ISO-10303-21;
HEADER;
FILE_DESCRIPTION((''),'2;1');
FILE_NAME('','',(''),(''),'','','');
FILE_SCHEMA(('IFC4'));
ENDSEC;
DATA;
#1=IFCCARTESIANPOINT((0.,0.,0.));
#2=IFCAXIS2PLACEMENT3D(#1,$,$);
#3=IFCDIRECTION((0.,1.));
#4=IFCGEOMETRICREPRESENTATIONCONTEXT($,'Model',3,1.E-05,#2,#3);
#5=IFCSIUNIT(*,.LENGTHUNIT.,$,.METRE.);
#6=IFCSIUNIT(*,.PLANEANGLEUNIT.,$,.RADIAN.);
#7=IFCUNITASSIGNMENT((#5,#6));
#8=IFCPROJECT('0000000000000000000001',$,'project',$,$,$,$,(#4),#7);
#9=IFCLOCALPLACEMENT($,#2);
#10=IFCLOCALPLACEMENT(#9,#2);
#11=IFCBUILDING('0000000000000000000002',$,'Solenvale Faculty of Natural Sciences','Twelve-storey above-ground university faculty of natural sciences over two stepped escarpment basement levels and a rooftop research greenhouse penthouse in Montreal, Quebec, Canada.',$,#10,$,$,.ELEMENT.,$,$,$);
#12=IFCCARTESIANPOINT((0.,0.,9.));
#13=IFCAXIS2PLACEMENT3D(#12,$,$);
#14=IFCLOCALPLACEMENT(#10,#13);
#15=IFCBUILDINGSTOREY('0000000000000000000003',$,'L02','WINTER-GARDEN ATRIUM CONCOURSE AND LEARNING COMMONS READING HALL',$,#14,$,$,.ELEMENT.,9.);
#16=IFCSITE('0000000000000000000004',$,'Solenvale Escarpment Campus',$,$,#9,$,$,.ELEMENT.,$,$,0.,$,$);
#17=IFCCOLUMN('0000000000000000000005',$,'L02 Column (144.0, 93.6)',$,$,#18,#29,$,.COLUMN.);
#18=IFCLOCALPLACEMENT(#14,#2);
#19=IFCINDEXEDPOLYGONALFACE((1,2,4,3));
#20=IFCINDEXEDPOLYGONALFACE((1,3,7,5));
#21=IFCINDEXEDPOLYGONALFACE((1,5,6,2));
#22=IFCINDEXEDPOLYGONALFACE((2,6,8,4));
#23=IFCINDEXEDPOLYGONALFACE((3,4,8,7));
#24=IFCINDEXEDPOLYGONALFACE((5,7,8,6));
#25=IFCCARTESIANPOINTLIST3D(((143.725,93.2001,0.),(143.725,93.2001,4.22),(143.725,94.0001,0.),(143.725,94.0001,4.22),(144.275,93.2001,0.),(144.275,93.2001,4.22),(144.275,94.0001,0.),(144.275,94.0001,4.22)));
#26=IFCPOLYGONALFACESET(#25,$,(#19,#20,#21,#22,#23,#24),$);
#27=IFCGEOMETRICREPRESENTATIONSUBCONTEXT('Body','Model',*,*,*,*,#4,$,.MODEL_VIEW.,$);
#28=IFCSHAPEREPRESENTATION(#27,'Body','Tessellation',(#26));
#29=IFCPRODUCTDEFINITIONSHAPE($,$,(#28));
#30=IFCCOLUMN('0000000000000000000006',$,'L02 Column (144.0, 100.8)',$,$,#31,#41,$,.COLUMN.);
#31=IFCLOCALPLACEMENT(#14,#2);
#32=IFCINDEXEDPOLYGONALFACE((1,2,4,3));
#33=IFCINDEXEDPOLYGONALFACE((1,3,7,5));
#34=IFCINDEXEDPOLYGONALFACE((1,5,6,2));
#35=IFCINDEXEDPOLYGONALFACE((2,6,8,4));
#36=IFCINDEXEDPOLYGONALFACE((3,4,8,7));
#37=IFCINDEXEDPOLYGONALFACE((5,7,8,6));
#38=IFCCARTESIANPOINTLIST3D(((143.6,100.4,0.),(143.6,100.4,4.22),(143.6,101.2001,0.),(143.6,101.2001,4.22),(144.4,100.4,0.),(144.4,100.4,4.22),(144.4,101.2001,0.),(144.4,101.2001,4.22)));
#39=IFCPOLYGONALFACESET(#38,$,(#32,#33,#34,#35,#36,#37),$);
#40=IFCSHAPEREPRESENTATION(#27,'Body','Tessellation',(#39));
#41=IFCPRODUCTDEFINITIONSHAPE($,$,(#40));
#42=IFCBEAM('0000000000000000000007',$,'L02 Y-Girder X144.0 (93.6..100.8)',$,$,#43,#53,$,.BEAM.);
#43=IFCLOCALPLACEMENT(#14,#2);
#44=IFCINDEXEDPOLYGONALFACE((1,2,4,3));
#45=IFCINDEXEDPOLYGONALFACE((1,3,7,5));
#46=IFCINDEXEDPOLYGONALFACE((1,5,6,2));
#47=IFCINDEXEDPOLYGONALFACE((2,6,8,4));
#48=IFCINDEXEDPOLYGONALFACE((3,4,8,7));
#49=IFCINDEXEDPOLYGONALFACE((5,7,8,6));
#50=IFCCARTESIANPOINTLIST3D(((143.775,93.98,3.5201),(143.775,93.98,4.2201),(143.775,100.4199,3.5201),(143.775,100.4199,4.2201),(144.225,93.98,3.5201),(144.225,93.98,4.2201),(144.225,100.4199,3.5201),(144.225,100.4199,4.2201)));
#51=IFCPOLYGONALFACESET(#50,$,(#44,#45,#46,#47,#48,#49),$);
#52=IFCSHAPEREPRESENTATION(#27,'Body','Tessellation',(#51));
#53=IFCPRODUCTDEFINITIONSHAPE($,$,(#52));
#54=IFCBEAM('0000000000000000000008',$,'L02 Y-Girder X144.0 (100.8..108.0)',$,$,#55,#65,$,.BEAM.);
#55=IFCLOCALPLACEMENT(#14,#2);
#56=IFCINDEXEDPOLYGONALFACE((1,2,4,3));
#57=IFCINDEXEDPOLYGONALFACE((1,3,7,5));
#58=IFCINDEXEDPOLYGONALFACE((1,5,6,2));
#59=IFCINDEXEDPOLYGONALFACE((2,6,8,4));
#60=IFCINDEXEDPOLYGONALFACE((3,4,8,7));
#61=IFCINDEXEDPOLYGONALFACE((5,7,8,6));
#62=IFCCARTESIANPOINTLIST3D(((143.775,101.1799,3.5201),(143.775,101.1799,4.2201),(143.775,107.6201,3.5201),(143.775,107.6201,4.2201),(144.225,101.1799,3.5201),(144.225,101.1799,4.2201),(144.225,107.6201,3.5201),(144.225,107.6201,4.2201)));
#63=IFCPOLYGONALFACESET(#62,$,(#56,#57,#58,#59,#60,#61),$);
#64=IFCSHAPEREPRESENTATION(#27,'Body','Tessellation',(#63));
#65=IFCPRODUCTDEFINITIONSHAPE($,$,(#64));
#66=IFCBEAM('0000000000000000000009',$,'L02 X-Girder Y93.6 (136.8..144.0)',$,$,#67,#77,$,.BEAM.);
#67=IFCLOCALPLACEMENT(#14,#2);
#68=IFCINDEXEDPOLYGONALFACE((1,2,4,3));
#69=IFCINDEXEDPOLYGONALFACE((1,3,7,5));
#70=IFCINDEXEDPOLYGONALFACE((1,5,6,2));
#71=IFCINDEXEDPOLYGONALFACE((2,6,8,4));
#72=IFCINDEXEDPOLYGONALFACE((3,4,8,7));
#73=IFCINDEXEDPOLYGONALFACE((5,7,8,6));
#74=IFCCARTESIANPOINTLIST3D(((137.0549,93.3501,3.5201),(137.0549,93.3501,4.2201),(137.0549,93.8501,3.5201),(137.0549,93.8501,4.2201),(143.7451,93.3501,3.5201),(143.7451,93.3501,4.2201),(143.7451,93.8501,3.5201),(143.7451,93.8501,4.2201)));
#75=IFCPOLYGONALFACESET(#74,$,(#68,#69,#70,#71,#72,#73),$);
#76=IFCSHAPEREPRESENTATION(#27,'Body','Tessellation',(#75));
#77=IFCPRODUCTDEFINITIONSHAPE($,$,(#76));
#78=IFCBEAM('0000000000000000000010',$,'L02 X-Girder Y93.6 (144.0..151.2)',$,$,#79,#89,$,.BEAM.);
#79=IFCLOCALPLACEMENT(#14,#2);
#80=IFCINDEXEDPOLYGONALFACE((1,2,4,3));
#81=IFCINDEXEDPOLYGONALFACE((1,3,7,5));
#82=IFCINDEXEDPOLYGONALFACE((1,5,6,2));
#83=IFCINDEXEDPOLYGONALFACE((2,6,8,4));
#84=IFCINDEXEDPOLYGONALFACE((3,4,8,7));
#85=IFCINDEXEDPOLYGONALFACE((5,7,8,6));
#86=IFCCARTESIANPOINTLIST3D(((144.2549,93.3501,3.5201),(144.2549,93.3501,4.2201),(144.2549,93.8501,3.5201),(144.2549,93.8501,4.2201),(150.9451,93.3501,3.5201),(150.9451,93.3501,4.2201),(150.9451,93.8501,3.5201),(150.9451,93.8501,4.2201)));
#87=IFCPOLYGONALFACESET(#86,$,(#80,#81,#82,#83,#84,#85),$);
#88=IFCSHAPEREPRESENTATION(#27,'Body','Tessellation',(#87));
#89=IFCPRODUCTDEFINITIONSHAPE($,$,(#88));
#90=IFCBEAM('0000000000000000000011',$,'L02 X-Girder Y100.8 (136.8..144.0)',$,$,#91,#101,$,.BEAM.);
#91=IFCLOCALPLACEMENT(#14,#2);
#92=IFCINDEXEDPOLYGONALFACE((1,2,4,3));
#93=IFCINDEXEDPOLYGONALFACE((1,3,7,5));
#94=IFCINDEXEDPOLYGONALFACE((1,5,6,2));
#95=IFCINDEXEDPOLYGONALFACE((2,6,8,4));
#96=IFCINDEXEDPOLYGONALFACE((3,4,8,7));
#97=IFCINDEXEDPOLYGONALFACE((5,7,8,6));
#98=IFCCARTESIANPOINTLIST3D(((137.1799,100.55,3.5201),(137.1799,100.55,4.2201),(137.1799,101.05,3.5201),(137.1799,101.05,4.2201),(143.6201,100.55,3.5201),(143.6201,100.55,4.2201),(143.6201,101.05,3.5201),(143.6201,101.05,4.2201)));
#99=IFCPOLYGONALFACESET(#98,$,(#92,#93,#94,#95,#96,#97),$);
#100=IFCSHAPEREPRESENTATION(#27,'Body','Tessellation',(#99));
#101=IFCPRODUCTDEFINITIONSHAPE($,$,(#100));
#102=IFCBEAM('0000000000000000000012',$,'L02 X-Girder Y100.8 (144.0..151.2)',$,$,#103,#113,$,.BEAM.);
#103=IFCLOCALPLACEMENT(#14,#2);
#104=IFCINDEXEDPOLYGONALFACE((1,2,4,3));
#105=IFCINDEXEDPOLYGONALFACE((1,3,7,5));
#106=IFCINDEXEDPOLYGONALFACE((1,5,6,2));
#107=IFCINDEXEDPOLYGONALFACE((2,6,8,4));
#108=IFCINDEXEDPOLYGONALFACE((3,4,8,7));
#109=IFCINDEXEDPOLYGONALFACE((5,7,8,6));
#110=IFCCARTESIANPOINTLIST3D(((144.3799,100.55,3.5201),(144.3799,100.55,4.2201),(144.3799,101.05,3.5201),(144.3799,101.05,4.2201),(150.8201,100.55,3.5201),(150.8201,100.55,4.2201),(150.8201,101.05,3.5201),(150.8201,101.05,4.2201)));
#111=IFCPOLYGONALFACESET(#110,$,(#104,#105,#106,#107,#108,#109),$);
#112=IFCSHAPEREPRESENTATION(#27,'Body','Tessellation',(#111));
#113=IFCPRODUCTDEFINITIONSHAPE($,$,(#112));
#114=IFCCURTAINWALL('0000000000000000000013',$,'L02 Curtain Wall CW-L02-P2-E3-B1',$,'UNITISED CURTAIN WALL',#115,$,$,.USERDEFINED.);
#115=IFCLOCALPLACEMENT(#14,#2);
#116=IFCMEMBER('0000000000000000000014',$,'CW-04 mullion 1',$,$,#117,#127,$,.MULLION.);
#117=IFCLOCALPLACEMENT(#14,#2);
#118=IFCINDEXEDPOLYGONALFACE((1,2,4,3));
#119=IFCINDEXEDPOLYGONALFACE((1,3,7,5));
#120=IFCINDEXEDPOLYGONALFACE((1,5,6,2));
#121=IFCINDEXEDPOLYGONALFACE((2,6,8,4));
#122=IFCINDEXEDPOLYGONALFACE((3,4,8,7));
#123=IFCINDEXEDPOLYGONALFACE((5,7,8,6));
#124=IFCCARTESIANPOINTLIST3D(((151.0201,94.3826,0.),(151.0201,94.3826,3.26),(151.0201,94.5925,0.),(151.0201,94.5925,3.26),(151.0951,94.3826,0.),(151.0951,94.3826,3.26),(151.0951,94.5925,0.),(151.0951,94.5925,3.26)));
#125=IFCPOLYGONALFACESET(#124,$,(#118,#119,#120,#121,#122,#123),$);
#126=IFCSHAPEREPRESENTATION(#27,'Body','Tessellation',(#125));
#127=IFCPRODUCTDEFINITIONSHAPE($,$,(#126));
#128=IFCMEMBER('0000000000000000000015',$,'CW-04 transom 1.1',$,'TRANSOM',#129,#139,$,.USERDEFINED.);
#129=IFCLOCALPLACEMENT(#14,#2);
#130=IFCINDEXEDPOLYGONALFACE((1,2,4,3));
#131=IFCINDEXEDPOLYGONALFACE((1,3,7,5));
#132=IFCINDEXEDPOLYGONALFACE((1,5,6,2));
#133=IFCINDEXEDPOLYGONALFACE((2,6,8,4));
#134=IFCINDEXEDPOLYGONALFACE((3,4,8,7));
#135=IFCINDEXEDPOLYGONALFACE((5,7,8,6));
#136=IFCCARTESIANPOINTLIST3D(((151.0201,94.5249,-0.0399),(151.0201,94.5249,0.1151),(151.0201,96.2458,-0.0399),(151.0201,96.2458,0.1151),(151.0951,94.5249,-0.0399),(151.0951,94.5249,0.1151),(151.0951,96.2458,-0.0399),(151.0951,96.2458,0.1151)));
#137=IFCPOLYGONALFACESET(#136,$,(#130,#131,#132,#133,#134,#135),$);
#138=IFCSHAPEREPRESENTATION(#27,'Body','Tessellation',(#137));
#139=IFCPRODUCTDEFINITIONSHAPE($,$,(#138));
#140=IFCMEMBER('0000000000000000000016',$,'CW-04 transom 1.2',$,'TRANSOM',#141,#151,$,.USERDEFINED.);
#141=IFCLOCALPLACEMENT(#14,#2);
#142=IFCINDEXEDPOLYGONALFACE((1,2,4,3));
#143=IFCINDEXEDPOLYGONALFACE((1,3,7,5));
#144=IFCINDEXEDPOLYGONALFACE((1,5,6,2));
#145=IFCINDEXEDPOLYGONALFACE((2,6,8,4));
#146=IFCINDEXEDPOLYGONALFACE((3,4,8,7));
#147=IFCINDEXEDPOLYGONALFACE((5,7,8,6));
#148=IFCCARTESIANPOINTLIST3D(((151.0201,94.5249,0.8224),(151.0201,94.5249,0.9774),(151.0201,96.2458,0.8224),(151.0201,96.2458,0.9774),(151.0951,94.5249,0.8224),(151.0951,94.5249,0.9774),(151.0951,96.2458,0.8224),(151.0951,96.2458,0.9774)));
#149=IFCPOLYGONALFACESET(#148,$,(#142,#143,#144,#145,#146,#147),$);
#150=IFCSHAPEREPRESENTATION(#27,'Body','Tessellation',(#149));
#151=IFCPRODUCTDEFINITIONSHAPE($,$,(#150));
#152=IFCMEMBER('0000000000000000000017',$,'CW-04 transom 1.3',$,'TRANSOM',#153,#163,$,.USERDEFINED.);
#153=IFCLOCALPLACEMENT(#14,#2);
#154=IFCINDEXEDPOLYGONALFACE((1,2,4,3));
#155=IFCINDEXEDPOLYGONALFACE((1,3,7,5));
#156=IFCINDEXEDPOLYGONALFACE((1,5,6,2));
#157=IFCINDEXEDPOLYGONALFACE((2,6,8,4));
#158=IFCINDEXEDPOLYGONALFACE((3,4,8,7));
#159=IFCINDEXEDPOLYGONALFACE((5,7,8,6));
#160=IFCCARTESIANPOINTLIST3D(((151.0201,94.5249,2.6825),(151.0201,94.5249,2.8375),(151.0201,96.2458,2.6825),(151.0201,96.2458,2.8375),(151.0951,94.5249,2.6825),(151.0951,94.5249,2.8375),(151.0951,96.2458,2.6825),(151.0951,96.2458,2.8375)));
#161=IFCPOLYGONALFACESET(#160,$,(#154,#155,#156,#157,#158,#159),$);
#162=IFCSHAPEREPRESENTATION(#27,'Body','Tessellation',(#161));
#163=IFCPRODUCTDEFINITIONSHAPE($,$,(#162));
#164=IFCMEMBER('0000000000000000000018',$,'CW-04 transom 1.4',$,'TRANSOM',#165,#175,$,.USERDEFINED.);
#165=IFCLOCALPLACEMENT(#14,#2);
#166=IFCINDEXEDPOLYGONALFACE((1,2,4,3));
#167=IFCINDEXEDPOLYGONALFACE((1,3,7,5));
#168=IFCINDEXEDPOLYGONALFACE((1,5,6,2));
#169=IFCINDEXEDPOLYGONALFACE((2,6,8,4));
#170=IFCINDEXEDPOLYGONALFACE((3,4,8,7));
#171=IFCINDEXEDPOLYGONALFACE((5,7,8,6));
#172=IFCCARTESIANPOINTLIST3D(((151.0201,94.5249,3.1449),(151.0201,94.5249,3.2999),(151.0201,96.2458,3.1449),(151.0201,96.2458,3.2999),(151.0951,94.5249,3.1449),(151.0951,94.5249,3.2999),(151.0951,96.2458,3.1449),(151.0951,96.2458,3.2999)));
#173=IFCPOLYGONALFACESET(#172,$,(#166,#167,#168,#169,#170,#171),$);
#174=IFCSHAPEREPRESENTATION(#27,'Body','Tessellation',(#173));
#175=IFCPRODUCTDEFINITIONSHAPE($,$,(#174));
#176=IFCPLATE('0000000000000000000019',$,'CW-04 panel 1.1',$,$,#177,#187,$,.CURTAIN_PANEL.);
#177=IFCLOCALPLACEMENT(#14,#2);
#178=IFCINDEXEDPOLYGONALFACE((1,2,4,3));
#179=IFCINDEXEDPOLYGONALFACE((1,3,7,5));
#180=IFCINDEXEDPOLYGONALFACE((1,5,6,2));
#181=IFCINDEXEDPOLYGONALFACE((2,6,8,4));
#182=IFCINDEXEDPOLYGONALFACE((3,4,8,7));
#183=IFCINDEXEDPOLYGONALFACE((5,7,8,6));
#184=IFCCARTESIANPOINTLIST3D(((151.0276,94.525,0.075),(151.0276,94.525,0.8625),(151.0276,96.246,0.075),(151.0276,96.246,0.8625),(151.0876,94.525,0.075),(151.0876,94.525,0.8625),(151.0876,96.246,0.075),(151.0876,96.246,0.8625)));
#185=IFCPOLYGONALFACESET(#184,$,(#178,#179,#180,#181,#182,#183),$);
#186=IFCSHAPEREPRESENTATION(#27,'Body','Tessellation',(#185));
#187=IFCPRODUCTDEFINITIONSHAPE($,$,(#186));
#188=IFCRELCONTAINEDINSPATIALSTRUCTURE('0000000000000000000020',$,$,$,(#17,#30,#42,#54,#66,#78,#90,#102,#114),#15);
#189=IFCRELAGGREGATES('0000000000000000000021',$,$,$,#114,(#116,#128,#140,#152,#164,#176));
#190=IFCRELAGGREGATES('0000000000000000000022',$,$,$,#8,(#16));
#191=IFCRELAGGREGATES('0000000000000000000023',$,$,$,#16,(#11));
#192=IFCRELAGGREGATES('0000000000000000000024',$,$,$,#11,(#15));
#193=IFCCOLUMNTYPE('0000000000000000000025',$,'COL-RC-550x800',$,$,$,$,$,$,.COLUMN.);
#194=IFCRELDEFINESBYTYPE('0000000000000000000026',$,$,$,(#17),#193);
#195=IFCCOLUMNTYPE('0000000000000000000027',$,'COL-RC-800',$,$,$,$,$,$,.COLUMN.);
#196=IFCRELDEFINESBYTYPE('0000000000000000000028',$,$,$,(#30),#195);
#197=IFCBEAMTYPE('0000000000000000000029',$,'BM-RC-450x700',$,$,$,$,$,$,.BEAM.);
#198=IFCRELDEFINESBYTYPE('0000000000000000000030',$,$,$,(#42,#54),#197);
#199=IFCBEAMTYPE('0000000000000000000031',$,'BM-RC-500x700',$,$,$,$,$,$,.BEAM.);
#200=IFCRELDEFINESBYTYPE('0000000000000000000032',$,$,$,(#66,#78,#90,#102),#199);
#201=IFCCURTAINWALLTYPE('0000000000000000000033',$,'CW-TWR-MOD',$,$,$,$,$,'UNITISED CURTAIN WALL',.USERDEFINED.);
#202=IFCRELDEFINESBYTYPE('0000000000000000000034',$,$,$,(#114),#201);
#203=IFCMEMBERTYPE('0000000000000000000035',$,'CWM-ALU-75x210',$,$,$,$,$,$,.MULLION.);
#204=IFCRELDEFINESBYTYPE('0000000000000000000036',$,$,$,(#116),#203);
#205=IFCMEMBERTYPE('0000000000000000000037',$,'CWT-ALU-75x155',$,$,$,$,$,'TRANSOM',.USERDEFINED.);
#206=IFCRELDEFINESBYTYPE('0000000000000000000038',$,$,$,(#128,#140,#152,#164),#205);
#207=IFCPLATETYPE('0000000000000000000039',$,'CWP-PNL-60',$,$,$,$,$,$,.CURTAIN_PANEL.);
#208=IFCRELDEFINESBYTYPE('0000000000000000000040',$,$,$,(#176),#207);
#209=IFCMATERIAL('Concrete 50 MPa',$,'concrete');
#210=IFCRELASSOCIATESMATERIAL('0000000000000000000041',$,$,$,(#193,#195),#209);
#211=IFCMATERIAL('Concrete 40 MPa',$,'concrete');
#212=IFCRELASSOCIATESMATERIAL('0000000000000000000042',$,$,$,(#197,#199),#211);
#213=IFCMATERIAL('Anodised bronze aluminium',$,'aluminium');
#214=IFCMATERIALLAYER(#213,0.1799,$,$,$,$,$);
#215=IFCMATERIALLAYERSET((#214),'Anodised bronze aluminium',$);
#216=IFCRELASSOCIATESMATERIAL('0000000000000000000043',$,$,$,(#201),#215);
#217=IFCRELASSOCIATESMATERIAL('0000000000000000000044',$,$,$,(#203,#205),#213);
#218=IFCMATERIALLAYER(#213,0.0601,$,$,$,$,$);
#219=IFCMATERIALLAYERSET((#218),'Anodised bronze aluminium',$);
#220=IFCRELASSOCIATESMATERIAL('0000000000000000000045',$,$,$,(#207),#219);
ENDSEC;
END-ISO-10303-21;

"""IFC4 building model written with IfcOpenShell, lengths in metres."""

from ifc_helpers import new_model, si_unit, direction, frame, origin, origin_2d, place, context, subcontext, project, spatial, rectangle, extrude, material, layer, layer_set, material_profile, profile_set, type_object, element, aggregate, save


model = new_model("IFC4")

# Units and contexts
model_context = context("Model", 3, precision=1e-05, world=origin(), true_north=direction((0.0, 1.0)))
body_context = subcontext(model_context, "Body", "Model", "MODEL_VIEW")
ifc_project = project(units=[si_unit("LENGTHUNIT", "METRE"), si_unit("PLANEANGLEUNIT", "RADIAN")], contexts=[model_context])

# Site, building, storey
site_placement = place(None, origin())
site = spatial("IfcSite", under=ifc_project, at=site_placement, Name="Solenvale Escarpment Campus", CompositionType="ELEMENT", RefElevation=0.0)
building_placement = place(site_placement, origin())
building = spatial("IfcBuilding", under=site, at=building_placement, Name="Solenvale Faculty of Natural Sciences", Description="Twelve-storey above-ground university faculty of natural sciences over two stepped escarpment basement levels and a rooftop research greenhouse penthouse in Montreal, Quebec, Canada.", CompositionType="ELEMENT")
storey_placement = place(building_placement, frame((0.0, 0.0, 9.0)))
storey = spatial("IfcBuildingStorey", under=building, at=storey_placement, Name="L02", Description="WINTER-GARDEN ATRIUM CONCOURSE AND LEARNING COMMONS READING HALL", CompositionType="ELEMENT", Elevation=9.0)

# Columns
ifc_material_1 = material(Name="Concrete 50 MPa", Category="concrete")
ifc_material_profile_1 = material_profile(ifc_material_1, rectangle(XDim=0.55, YDim=0.8, at=origin_2d()), Name="RC-COL-550x800")
ifc_profile_set_1 = profile_set([ifc_material_profile_1], Name="Concrete 50 MPa")
column_type_1 = type_object("IfcColumnType", Name="COL-RC-550x800", PredefinedType="COLUMN", material=ifc_profile_set_1)
column_1_placement = place(storey_placement, frame((144.0, 93.6001, 0.0), z_axis=(0.0, 0.0, 1.0), x_axis=(1.0, 0.0, 0.0)))
element("IfcColumn", 1, at=column_1_placement, inside=storey, type_object=column_type_1, Name="L02 Column (144.0, 93.6)", PredefinedType="COLUMN", context=body_context, shape_type="SweptSolid", body=[
    extrude(rectangle(XDim=0.55, YDim=0.8, at=origin_2d()), origin(), (0.0, 0.0, 1.0), 4.22),
])
ifc_material_profile_2 = material_profile(ifc_material_1, rectangle(XDim=0.8, YDim=0.8, at=origin_2d()), Name="RC-COL-800x800")
ifc_profile_set_2 = profile_set([ifc_material_profile_2], Name="Concrete 50 MPa")
column_type_2 = type_object("IfcColumnType", Name="COL-RC-800", PredefinedType="COLUMN", material=ifc_profile_set_2)
column_2_placement = place(storey_placement, frame((144.0, 100.8, 0.0), z_axis=(0.0, 0.0, 1.0), x_axis=(1.0, 0.0, 0.0)))
element("IfcColumn", 2, at=column_2_placement, inside=storey, type_object=column_type_2, Name="L02 Column (144.0, 100.8)", PredefinedType="COLUMN", context=body_context, shape_type="SweptSolid", body=[
    extrude(rectangle(XDim=0.8, YDim=0.8, at=origin_2d()), origin(), (0.0, 0.0, 1.0), 4.22),
])

# Beams
ifc_material_2 = material(Name="Concrete 40 MPa", Category="concrete")
ifc_material_profile_3 = material_profile(ifc_material_2, rectangle(XDim=0.45, YDim=0.7, at=origin_2d()), Name="RC-BM-450x700")
ifc_profile_set_3 = profile_set([ifc_material_profile_3], Name="Concrete 40 MPa")
beam_type_1 = type_object("IfcBeamType", Name="BM-RC-450x700", PredefinedType="BEAM", material=ifc_profile_set_3)
beam_1_placement = place(storey_placement, frame((144.0, 93.98, 3.8701), z_axis=(0.0, 1.0, 0.0), x_axis=(-1.0, 0.0, 0.0)))
element("IfcBeam", 3, at=beam_1_placement, inside=storey, type_object=beam_type_1, Name="L02 Y-Girder X144.0 (93.6..100.8)", PredefinedType="BEAM", context=body_context, shape_type="SweptSolid", body=[
    extrude(rectangle(XDim=0.45, YDim=0.7, at=origin_2d()), origin(), (0.0, 0.0, 1.0), 6.4399),
])
beam_2_placement = place(storey_placement, frame((144.0, 101.1799, 3.8701), z_axis=(0.0, 1.0, 0.0), x_axis=(-1.0, 0.0, 0.0)))
element("IfcBeam", 4, at=beam_2_placement, inside=storey, type_object=beam_type_1, Name="L02 Y-Girder X144.0 (100.8..108.0)", PredefinedType="BEAM", context=body_context, shape_type="SweptSolid", body=[
    extrude(rectangle(XDim=0.45, YDim=0.7, at=origin_2d()), origin(), (0.0, 0.0, 1.0), 6.4402),
])
ifc_material_profile_4 = material_profile(ifc_material_2, rectangle(XDim=0.5, YDim=0.7, at=origin_2d()), Name="RC-BM-500x700")
ifc_profile_set_4 = profile_set([ifc_material_profile_4], Name="Concrete 40 MPa")
beam_type_2 = type_object("IfcBeamType", Name="BM-RC-500x700", PredefinedType="BEAM", material=ifc_profile_set_4)
for number, where, z_axis, x_axis, name in (
    (5, (137.0549, 93.6001, 3.8701), (1.0, 0.0, 0.0), (0.0, 1.0, 0.0), "L02 X-Girder Y93.6 (136.8..144.0)"),
    (6, (144.2549, 93.6001, 3.8701), (1.0, 0.0, 0.0), (0.0, 1.0, 0.0), "L02 X-Girder Y93.6 (144.0..151.2)"),
):
    element("IfcBeam", number, at=place(storey_placement, frame(where, z_axis=z_axis, x_axis=x_axis)), inside=storey, type_object=beam_type_2, Name=name, PredefinedType="BEAM", context=body_context, shape_type="SweptSolid", body=[
        extrude(rectangle(XDim=0.5, YDim=0.7, at=origin_2d()), origin(), (0.0, 0.0, 1.0), 6.6902),
    ])
for number, where, z_axis, x_axis, name in (
    (7, (137.1799, 100.8, 3.8701), (1.0, 0.0, 0.0), (0.0, 1.0, 0.0), "L02 X-Girder Y100.8 (136.8..144.0)"),
    (8, (144.3799, 100.8, 3.8701), (1.0, 0.0, 0.0), (0.0, 1.0, 0.0), "L02 X-Girder Y100.8 (144.0..151.2)"),
):
    element("IfcBeam", number, at=place(storey_placement, frame(where, z_axis=z_axis, x_axis=x_axis)), inside=storey, type_object=beam_type_2, Name=name, PredefinedType="BEAM", context=body_context, shape_type="SweptSolid", body=[
        extrude(rectangle(XDim=0.5, YDim=0.7, at=origin_2d()), origin(), (0.0, 0.0, 1.0), 6.4402),
    ])

# Curtain wall, members, plate
ifc_material_3 = material(Name="Anodised bronze aluminium", Category="aluminium")
ifc_layer_1 = layer(ifc_material_3, 0.1799)
ifc_layer_set_1 = layer_set([ifc_layer_1], Name="Anodised bronze aluminium")
curtain_wall_type = type_object("IfcCurtainWallType", Name="CW-TWR-MOD", ElementType="UNITISED CURTAIN WALL", PredefinedType="USERDEFINED", material=ifc_layer_set_1)
curtain_wall_placement = place(storey_placement, origin())
curtain_wall = element("IfcCurtainWall", 9, at=curtain_wall_placement, inside=storey, type_object=curtain_wall_type, Name="L02 Curtain Wall CW-L02-P2-E3-B1", ObjectType="UNITISED CURTAIN WALL", PredefinedType="USERDEFINED")
ifc_material_profile_5 = material_profile(ifc_material_3, rectangle(XDim=0.075, YDim=0.21, at=origin_2d()), Name="ALU-MUL-75x210")
ifc_profile_set_5 = profile_set([ifc_material_profile_5], Name="Anodised bronze aluminium")
member_type_1 = type_object("IfcMemberType", Name="CWM-ALU-75x210", PredefinedType="MULLION", material=ifc_profile_set_5)
member_1_placement = place(storey_placement, frame((151.0576, 94.4875, 0.0), z_axis=(0.0, 0.0, 1.0), x_axis=(-1.0, 0.0, 0.0)))
member_1 = element("IfcMember", 10, at=member_1_placement, type_object=member_type_1, Name="CW-04 mullion 1", PredefinedType="MULLION", context=body_context, shape_type="SweptSolid", body=[
    extrude(rectangle(XDim=0.075, YDim=0.21, at=origin_2d()), origin(), (0.0, 0.0, 1.0), 3.26),
])
ifc_material_profile_6 = material_profile(ifc_material_3, rectangle(XDim=0.075, YDim=0.155, at=origin_2d()), Name="ALU-TRN-75x155")
ifc_profile_set_6 = profile_set([ifc_material_profile_6], Name="Anodised bronze aluminium")
member_type_2 = type_object("IfcMemberType", Name="CWT-ALU-75x155", ElementType="TRANSOM", PredefinedType="USERDEFINED", material=ifc_profile_set_6)
member_2_placement = place(storey_placement, frame((151.0576, 94.5249, 0.0376), z_axis=(0.0, 1.0, 0.0), x_axis=(-1.0, 0.0, 0.0)))
member_2 = element("IfcMember", 11, at=member_2_placement, type_object=member_type_2, Name="CW-04 transom 1.1", ObjectType="TRANSOM", PredefinedType="USERDEFINED", context=body_context, shape_type="SweptSolid", body=[
    extrude(rectangle(XDim=0.075, YDim=0.155, at=origin_2d()), origin(), (0.0, 0.0, 1.0), 1.7209),
])
member_3_placement = place(storey_placement, frame((151.0576, 94.5249, 0.8999), z_axis=(0.0, 1.0, 0.0), x_axis=(-1.0, 0.0, 0.0)))
member_3 = element("IfcMember", 12, at=member_3_placement, type_object=member_type_2, Name="CW-04 transom 1.2", ObjectType="TRANSOM", PredefinedType="USERDEFINED", context=body_context, shape_type="SweptSolid", body=[
    extrude(rectangle(XDim=0.075, YDim=0.155, at=origin_2d()), origin(), (0.0, 0.0, 1.0), 1.7209),
])
member_4_placement = place(storey_placement, frame((151.0576, 94.5249, 2.76), z_axis=(0.0, 1.0, 0.0), x_axis=(-1.0, 0.0, 0.0)))
member_4 = element("IfcMember", 13, at=member_4_placement, type_object=member_type_2, Name="CW-04 transom 1.3", ObjectType="TRANSOM", PredefinedType="USERDEFINED", context=body_context, shape_type="SweptSolid", body=[
    extrude(rectangle(XDim=0.075, YDim=0.155, at=origin_2d()), origin(), (0.0, 0.0, 1.0), 1.7209),
])
member_5_placement = place(storey_placement, frame((151.0576, 94.5249, 3.2224), z_axis=(0.0, 1.0, 0.0), x_axis=(-1.0, 0.0, 0.0)))
member_5 = element("IfcMember", 14, at=member_5_placement, type_object=member_type_2, Name="CW-04 transom 1.4", ObjectType="TRANSOM", PredefinedType="USERDEFINED", context=body_context, shape_type="SweptSolid", body=[
    extrude(rectangle(XDim=0.075, YDim=0.155, at=origin_2d()), origin(), (0.0, 0.0, 1.0), 1.7209),
])
ifc_layer_2 = layer(ifc_material_3, 0.0601)
ifc_layer_set_2 = layer_set([ifc_layer_2], Name="Anodised bronze aluminium")
plate_type = type_object("IfcPlateType", Name="CWP-PNL-60", PredefinedType="CURTAIN_PANEL", material=ifc_layer_set_2)
plate_1_placement = place(storey_placement, frame((151.0576, 95.3855, 0.075), z_axis=(0.0, 0.0, 1.0), x_axis=(0.0, 1.0, 0.0)))
plate_1 = element("IfcPlate", 15, at=plate_1_placement, type_object=plate_type, Name="CW-04 panel 1.1", PredefinedType="CURTAIN_PANEL", context=body_context, shape_type="SweptSolid", body=[
    extrude(rectangle(XDim=1.7209, YDim=0.0601, at=origin_2d()), origin(), (0.0, 0.0, 1.0), 0.7876),
])
aggregate(curtain_wall, [member_1, member_2, member_3, member_4, member_5, plate_1])

save(model, "model.ifc")
